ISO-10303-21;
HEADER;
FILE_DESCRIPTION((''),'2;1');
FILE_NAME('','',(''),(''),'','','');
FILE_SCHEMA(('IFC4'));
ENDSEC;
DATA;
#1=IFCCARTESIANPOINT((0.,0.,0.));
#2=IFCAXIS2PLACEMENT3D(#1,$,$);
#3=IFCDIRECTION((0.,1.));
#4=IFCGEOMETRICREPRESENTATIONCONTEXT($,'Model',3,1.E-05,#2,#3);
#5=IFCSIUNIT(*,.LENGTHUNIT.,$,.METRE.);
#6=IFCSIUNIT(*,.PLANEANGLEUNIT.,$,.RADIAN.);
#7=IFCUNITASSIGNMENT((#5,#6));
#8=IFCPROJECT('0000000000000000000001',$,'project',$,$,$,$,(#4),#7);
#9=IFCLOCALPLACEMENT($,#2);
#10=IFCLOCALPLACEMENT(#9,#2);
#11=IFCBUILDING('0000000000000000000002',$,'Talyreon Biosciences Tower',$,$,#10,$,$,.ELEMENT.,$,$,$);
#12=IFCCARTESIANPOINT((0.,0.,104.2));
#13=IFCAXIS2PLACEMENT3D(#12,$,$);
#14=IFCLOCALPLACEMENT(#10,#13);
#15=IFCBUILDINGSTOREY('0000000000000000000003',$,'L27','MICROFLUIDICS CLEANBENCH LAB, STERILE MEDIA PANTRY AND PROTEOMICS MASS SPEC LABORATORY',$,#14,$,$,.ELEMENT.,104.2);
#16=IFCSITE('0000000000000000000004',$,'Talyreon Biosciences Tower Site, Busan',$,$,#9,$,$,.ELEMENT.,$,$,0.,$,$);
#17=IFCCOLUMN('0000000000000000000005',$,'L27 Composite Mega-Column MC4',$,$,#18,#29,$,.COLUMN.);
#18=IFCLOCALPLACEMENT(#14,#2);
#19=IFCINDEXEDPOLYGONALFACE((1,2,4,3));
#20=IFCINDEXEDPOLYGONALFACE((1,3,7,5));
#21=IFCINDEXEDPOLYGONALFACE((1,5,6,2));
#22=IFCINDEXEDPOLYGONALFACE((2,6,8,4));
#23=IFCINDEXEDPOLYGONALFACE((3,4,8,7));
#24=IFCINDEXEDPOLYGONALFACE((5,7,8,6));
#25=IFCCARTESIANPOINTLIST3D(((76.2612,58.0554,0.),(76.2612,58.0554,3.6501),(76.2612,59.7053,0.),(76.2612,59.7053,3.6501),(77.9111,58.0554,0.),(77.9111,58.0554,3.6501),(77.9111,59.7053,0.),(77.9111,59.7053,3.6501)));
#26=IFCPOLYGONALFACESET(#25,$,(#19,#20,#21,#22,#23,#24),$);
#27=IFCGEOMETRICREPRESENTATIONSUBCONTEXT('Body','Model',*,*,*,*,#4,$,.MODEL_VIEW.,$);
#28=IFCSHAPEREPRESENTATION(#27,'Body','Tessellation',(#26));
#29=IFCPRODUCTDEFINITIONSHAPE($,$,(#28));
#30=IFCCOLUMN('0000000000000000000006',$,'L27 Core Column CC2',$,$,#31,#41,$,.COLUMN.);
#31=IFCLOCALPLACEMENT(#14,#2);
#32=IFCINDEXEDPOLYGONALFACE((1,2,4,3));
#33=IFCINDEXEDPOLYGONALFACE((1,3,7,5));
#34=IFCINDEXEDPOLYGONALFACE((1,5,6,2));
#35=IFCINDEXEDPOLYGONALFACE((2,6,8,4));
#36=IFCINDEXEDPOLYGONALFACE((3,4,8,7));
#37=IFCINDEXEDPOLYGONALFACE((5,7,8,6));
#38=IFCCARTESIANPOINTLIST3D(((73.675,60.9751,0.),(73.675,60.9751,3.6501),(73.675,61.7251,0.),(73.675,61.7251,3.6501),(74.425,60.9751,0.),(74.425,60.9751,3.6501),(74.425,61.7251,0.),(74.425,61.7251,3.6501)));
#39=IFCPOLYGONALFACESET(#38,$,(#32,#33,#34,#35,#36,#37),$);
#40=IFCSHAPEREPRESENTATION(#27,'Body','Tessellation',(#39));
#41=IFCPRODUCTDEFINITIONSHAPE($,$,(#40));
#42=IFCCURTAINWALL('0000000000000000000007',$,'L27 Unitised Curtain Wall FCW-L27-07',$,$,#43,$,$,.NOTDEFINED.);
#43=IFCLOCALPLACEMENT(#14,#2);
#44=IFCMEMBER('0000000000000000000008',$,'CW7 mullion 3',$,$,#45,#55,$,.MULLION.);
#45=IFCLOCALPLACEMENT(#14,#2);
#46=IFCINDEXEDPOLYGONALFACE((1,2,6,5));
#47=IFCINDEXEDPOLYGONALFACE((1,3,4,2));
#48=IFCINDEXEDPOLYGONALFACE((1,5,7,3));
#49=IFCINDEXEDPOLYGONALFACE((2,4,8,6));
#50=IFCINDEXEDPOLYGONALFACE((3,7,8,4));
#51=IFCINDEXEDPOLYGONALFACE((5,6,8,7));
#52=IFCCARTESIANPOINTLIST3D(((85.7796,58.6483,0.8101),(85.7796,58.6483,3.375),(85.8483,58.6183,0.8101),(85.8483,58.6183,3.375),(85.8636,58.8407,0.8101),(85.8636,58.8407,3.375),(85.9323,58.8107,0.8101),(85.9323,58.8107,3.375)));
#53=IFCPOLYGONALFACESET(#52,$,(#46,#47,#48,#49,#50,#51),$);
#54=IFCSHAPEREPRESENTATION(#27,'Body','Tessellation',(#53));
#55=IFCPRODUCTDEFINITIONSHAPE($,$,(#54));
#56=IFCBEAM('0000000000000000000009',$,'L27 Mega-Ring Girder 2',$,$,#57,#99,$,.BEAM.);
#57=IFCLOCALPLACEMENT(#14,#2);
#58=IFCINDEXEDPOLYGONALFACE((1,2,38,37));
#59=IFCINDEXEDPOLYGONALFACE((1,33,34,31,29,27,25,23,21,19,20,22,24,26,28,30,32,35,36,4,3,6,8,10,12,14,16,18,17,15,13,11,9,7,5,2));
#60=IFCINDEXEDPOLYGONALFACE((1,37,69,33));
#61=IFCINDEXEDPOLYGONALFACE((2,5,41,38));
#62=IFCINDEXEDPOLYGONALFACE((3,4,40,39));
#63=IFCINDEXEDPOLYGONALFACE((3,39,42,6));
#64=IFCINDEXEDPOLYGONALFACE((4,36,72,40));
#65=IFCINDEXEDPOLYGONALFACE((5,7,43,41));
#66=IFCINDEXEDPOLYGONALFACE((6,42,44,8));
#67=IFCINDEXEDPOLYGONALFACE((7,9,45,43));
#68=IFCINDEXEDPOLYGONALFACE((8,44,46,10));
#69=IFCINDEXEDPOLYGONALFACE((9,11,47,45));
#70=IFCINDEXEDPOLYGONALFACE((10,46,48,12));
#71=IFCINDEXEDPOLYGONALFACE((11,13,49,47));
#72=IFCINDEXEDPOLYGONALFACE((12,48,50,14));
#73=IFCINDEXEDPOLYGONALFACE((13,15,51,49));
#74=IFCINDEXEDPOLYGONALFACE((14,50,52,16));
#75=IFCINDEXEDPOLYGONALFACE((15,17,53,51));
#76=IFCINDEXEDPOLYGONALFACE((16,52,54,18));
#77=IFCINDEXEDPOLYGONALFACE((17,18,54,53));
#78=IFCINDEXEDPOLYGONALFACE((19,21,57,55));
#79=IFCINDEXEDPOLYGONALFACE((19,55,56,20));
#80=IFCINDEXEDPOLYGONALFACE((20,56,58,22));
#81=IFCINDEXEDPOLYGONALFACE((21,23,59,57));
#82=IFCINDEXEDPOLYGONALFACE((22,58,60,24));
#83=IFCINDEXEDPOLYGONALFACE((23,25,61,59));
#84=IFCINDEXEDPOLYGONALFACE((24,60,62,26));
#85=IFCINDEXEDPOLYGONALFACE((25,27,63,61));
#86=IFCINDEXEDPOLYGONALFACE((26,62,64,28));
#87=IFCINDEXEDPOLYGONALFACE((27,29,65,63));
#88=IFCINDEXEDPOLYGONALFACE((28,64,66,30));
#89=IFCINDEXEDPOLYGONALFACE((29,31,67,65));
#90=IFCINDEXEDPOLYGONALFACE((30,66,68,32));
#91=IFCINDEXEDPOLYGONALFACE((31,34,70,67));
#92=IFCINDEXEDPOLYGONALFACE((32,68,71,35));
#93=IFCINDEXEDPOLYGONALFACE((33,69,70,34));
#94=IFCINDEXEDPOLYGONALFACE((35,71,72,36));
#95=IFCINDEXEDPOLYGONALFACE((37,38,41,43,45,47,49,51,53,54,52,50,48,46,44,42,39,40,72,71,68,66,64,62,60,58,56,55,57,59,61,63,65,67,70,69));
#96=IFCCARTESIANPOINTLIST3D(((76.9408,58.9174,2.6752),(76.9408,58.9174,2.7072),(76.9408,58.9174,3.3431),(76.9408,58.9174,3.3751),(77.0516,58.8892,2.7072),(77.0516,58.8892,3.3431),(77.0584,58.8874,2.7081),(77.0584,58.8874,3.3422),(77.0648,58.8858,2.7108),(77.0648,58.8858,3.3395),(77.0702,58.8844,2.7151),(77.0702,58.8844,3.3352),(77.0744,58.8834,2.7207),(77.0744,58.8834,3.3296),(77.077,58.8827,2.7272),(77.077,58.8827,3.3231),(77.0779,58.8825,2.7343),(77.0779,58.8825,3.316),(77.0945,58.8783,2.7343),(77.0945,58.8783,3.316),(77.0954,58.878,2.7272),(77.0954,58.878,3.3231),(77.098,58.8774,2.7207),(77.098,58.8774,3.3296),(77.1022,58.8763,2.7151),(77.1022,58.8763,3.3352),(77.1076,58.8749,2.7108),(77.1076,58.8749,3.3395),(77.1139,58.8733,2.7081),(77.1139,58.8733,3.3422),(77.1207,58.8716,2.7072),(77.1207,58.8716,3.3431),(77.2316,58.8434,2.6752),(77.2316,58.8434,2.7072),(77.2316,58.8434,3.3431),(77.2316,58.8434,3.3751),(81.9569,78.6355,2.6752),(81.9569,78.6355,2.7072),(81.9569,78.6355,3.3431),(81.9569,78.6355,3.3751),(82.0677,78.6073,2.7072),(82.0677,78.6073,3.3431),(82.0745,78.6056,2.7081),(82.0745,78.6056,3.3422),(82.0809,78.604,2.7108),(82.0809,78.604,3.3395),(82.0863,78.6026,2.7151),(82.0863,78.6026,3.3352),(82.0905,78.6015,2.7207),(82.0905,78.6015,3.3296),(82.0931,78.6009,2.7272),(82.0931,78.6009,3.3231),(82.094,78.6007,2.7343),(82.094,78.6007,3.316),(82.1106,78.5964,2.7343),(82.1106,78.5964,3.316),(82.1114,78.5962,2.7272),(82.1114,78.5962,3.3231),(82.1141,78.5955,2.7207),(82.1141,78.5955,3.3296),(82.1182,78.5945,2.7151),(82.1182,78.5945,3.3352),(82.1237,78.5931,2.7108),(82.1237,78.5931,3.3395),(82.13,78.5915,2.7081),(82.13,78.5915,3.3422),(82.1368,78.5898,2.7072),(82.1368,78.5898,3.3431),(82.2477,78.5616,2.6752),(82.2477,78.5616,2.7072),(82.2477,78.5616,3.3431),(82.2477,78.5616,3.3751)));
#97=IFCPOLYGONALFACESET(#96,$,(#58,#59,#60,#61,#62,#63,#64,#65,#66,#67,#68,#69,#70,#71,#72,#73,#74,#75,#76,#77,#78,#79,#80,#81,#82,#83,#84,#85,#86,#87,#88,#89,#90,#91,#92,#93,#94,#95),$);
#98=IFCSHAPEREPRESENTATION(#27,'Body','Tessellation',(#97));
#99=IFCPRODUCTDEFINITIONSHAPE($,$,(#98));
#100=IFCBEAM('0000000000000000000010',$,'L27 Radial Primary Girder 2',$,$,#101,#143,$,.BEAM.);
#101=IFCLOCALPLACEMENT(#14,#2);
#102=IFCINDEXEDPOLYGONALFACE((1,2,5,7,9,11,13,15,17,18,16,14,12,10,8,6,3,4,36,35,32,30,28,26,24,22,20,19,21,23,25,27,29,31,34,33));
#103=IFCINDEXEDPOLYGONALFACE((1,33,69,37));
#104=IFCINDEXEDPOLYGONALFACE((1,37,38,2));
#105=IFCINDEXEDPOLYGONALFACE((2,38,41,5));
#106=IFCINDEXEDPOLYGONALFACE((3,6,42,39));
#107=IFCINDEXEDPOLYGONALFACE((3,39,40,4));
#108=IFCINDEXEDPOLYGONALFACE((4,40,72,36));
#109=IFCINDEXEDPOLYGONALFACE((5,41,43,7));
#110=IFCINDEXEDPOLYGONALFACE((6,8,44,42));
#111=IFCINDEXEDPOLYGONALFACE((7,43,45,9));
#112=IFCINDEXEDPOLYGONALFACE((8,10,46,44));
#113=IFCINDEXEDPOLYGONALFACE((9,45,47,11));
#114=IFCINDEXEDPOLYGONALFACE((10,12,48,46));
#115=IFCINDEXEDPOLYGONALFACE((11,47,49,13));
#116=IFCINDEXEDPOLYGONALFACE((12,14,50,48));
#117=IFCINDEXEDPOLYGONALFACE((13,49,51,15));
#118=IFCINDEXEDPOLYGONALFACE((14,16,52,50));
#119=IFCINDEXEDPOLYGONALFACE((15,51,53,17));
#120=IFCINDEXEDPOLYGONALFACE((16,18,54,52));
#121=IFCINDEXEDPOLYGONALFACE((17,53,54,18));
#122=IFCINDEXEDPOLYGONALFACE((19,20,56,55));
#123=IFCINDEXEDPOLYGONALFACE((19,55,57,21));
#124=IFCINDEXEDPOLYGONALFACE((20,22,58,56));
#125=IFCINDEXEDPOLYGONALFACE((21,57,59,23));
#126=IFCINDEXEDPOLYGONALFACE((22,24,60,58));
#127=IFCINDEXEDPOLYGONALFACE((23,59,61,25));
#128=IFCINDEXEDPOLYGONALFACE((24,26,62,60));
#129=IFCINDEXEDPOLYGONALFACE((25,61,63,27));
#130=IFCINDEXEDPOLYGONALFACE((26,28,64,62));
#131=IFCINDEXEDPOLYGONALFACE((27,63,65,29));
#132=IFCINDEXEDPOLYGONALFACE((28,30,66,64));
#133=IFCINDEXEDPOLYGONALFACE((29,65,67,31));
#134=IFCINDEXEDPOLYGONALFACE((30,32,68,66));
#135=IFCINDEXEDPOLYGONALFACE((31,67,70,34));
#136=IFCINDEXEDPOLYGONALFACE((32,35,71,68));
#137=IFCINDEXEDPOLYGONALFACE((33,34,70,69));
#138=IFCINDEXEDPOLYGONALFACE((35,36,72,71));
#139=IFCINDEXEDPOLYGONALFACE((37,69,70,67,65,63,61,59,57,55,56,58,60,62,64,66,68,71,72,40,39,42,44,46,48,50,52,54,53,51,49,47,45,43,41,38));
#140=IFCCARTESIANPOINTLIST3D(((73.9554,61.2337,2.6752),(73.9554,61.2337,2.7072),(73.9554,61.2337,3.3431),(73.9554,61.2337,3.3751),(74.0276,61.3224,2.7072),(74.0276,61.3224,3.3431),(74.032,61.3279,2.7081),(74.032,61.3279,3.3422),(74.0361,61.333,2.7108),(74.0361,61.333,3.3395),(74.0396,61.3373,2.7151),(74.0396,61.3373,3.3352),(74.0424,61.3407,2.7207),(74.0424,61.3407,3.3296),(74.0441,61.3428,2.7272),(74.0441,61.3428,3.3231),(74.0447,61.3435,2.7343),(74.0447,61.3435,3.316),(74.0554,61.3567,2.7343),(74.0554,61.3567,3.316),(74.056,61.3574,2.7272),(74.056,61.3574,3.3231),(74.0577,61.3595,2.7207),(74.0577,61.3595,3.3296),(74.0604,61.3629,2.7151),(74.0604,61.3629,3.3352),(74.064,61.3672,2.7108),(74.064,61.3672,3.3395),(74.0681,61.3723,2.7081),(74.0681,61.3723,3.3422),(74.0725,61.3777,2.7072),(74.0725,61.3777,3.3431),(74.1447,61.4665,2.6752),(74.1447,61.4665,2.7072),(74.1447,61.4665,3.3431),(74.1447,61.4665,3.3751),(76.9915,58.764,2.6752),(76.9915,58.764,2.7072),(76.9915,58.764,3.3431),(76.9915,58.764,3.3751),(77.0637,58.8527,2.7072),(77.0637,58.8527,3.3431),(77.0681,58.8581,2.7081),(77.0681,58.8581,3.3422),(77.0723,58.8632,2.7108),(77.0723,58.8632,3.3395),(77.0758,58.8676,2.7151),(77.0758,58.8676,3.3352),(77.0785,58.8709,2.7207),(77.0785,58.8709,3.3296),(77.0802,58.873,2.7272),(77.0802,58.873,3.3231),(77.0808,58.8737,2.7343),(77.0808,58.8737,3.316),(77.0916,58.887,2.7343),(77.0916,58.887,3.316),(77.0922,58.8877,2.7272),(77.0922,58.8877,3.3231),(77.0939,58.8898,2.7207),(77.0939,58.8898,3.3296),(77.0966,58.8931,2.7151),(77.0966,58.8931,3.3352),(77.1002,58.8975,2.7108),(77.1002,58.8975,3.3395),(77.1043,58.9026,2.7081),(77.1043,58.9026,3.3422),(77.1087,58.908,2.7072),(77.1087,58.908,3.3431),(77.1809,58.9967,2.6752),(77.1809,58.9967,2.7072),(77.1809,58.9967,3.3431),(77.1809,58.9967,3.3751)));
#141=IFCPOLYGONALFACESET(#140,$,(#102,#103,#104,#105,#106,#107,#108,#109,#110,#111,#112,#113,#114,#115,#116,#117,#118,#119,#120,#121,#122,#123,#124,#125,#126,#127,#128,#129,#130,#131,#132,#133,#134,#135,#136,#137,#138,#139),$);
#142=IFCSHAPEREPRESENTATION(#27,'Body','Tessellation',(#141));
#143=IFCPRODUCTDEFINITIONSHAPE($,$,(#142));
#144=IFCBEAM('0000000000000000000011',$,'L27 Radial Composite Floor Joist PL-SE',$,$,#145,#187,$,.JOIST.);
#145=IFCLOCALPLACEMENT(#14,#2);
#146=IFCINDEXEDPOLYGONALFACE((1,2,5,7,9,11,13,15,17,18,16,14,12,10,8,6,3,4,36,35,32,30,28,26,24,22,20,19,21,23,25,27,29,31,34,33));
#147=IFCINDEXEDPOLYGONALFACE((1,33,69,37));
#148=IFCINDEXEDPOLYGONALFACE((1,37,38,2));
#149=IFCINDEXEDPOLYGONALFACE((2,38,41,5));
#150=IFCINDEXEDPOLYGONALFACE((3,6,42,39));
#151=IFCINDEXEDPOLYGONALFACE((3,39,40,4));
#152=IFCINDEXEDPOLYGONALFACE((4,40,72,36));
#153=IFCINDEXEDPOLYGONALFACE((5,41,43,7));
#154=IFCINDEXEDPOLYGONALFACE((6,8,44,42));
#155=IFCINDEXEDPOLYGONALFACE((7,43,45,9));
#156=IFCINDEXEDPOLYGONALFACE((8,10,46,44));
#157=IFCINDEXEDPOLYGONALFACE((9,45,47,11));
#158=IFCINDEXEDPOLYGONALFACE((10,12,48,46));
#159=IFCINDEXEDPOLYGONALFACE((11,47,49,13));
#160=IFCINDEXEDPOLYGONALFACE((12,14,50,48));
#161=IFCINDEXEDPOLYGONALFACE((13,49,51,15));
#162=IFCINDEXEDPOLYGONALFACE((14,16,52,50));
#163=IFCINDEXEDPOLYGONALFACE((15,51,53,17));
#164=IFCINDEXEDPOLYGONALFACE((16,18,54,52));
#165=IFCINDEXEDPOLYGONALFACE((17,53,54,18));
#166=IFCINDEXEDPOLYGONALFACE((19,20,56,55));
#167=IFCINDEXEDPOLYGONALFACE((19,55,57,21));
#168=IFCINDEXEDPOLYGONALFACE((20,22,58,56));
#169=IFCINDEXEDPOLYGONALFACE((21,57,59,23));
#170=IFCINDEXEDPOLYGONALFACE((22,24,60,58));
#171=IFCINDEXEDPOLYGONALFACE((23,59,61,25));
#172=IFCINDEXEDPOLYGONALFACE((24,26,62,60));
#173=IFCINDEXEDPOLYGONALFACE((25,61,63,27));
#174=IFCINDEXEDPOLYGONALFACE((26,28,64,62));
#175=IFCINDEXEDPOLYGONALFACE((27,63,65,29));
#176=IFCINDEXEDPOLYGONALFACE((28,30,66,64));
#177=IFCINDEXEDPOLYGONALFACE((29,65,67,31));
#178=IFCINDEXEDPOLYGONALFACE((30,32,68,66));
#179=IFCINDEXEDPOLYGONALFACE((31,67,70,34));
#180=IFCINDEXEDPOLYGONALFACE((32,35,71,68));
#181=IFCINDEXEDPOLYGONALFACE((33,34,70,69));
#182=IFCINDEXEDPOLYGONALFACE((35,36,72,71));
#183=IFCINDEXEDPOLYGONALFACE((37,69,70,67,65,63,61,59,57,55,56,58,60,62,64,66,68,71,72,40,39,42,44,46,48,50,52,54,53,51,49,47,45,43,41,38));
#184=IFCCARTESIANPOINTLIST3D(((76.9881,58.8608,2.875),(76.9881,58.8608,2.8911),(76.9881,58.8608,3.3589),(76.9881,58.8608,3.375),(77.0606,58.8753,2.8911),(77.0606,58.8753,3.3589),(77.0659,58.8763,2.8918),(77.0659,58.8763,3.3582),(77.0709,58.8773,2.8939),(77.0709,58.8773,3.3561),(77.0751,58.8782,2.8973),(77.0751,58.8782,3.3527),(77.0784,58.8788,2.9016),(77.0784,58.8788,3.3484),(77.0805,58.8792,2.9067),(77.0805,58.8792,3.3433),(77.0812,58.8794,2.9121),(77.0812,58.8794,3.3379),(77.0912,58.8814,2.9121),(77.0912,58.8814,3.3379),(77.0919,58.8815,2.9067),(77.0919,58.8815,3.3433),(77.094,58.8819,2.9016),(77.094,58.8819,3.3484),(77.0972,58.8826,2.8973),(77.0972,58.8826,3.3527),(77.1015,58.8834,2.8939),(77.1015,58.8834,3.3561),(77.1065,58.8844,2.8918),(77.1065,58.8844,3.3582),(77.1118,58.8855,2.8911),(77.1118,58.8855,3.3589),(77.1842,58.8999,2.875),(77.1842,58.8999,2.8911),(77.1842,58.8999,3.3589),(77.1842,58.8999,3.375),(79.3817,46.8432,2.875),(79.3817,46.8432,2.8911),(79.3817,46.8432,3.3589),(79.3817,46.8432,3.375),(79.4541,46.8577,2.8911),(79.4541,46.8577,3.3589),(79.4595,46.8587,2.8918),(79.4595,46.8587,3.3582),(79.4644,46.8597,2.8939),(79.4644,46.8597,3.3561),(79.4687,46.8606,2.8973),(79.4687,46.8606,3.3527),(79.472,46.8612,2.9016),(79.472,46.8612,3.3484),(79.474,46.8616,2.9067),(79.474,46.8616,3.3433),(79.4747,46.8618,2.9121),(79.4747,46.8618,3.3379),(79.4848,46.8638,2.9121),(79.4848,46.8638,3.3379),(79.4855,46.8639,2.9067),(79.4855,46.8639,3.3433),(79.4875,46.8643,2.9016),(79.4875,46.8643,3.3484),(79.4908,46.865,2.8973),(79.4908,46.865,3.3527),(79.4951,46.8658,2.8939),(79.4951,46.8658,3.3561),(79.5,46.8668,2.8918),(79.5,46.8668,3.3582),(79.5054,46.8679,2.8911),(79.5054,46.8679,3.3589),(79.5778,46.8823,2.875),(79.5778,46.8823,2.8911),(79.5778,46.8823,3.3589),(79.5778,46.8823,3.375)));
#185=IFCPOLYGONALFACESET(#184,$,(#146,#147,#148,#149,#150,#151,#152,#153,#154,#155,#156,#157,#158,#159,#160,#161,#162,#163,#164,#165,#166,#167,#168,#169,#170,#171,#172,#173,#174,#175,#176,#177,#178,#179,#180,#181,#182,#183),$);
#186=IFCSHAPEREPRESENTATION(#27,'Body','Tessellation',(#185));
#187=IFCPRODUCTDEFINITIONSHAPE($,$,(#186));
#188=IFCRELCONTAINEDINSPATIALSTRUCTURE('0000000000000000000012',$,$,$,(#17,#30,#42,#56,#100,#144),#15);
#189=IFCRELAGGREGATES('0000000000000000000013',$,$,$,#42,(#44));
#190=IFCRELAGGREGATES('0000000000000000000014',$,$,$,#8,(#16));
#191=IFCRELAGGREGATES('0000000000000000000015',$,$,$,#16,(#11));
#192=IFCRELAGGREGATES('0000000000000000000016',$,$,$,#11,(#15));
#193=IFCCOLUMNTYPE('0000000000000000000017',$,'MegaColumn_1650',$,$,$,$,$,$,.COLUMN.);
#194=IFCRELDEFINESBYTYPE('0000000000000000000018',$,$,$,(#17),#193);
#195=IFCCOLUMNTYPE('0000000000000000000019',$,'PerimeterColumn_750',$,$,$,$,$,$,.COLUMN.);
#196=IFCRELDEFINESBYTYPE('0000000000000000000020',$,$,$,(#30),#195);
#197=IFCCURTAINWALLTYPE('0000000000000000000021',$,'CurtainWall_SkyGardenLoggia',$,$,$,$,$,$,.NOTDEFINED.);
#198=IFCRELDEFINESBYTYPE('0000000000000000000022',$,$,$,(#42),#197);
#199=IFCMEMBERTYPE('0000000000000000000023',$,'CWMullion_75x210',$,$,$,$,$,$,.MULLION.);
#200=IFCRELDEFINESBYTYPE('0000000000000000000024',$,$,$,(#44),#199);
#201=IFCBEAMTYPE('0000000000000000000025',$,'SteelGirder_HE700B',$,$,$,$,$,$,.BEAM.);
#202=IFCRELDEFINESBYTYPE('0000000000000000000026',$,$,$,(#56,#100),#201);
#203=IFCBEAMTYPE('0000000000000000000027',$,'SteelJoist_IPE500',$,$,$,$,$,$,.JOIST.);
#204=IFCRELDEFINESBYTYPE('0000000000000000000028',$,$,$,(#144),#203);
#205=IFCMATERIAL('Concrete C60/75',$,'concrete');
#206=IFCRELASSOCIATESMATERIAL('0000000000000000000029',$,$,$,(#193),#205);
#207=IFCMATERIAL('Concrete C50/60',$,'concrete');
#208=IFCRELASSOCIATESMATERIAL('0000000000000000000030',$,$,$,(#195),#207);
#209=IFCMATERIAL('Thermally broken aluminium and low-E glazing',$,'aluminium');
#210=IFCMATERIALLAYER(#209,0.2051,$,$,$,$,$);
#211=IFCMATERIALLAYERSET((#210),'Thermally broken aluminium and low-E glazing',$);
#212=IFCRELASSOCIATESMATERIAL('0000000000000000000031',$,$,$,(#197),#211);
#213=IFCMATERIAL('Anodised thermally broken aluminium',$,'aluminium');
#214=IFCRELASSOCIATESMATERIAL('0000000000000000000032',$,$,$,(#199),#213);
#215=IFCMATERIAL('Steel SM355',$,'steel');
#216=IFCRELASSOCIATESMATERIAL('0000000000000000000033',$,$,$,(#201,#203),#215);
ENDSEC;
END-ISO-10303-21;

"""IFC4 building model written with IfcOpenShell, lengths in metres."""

from ifc_helpers import new_model, si_unit, direction, frame, origin, origin_2d, place, context, subcontext, project, spatial, rectangle, i_section, extrude, material, layer, layer_set, material_profile, profile_set, type_object, element, aggregate, save


model = new_model("IFC4")

# Units and contexts
model_context = context("Model", 3, precision=1e-05, world=origin(), true_north=direction((0.0, 1.0)))
body_context = subcontext(model_context, "Body", "Model", "MODEL_VIEW")
ifc_project = project(units=[si_unit("LENGTHUNIT", "METRE"), si_unit("PLANEANGLEUNIT", "RADIAN")], contexts=[model_context])

# Site, building, storey
site_placement = place(None, origin())
site = spatial("IfcSite", under=ifc_project, at=site_placement, Name="Talyreon Biosciences Tower Site, Busan", CompositionType="ELEMENT", RefElevation=0.0)
building_placement = place(site_placement, origin())
building = spatial("IfcBuilding", under=site, at=building_placement, Name="Talyreon Biosciences Tower", CompositionType="ELEMENT")
storey_placement = place(building_placement, frame((0.0, 0.0, 104.2)))
storey = spatial("IfcBuildingStorey", under=building, at=storey_placement, Name="L27", Description="MICROFLUIDICS CLEANBENCH LAB, STERILE MEDIA PANTRY AND PROTEOMICS MASS SPEC LABORATORY", CompositionType="ELEMENT", Elevation=104.2)

# Columns
ifc_material_1 = material(Name="Concrete C60/75", Category="concrete")
ifc_material_profile_1 = material_profile(ifc_material_1, rectangle(XDim=1.6499, YDim=1.6499, at=origin_2d()), Name="RC 1650x1650")
ifc_profile_set_1 = profile_set([ifc_material_profile_1], Name="Concrete C60/75")
column_type_1 = type_object("IfcColumnType", Name="MegaColumn_1650", PredefinedType="COLUMN", material=ifc_profile_set_1)
column_1_placement = place(storey_placement, frame((77.0862, 58.8804, 0.0), z_axis=(0.0, 0.0, 1.0), x_axis=(1.0, 0.0, 0.0)))
element("IfcColumn", 1, at=column_1_placement, inside=storey, type_object=column_type_1, Name="L27 Composite Mega-Column MC4", PredefinedType="COLUMN", context=body_context, shape_type="SweptSolid", body=[
    extrude(rectangle(XDim=1.6499, YDim=1.6499, at=origin_2d()), origin(), (0.0, 0.0, 1.0), 3.6501),
])
ifc_material_2 = material(Name="Concrete C50/60", Category="concrete")
ifc_material_profile_2 = material_profile(ifc_material_2, rectangle(XDim=0.75, YDim=0.75, at=origin_2d()), Name="RC 750x750")
ifc_profile_set_2 = profile_set([ifc_material_profile_2], Name="Concrete C50/60")
column_type_2 = type_object("IfcColumnType", Name="PerimeterColumn_750", PredefinedType="COLUMN", material=ifc_profile_set_2)
column_2_placement = place(storey_placement, frame((74.05, 61.3501, 0.0), z_axis=(0.0, 0.0, 1.0), x_axis=(1.0, 0.0, 0.0)))
element("IfcColumn", 2, at=column_2_placement, inside=storey, type_object=column_type_2, Name="L27 Core Column CC2", PredefinedType="COLUMN", context=body_context, shape_type="SweptSolid", body=[
    extrude(rectangle(XDim=0.75, YDim=0.75, at=origin_2d()), origin(), (0.0, 0.0, 1.0), 3.6501),
])

# Curtain wall, member
ifc_material_3 = material(Name="Thermally broken aluminium and low-E glazing", Category="aluminium")
ifc_layer_1 = layer(ifc_material_3, 0.2051)
ifc_layer_set_1 = layer_set([ifc_layer_1], Name="Thermally broken aluminium and low-E glazing")
curtain_wall_type = type_object("IfcCurtainWallType", Name="CurtainWall_SkyGardenLoggia", PredefinedType="NOTDEFINED", material=ifc_layer_set_1)
curtain_wall_placement = place(storey_placement, origin())
curtain_wall = element("IfcCurtainWall", 3, at=curtain_wall_placement, inside=storey, type_object=curtain_wall_type, Name="L27 Unitised Curtain Wall FCW-L27-07", PredefinedType="NOTDEFINED")
ifc_material_4 = material(Name="Anodised thermally broken aluminium", Category="aluminium")
ifc_material_profile_3 = material_profile(ifc_material_4, rectangle(XDim=0.075, YDim=0.21, at=origin_2d()), Name="ALUM MULLION 75x210")
ifc_profile_set_3 = profile_set([ifc_material_profile_3], Name="Anodised thermally broken aluminium")
member_type = type_object("IfcMemberType", Name="CWMullion_75x210", PredefinedType="MULLION", material=ifc_profile_set_3)
member_placement = place(storey_placement, frame((85.856, 58.7295, 0.8101), z_axis=(0.0, 0.0, 1.0), x_axis=(0.916347, -0.400385, 0.0)))
member = element("IfcMember", 4, at=member_placement, type_object=member_type, Name="CW7 mullion 3", PredefinedType="MULLION", context=body_context, shape_type="SweptSolid", body=[
    extrude(rectangle(XDim=0.075, YDim=0.21, at=origin_2d()), origin(), (0.0, 0.0, 1.0), 2.5649),
])

# Beams
ifc_material_5 = material(Name="Steel SM355", Category="steel")
ifc_material_profile_4 = material_profile(ifc_material_5, i_section(OverallWidth=0.3, OverallDepth=0.7, WebThickness=0.0171, FlangeThickness=0.032, FilletRadius=0.0271, at=origin_2d()), Name="HE700B")
ifc_profile_set_4 = profile_set([ifc_material_profile_4], Name="Steel SM355")
beam_type_1 = type_object("IfcBeamType", Name="SteelGirder_HE700B", PredefinedType="BEAM", material=ifc_profile_set_4)
beam_1_placement = place(storey_placement, frame((77.0862, 58.8804, 3.0251), z_axis=(0.246537, 0.969133, 0.0), x_axis=(-0.969133, 0.246537, 0.0)))
element("IfcBeam", 5, at=beam_1_placement, inside=storey, type_object=beam_type_1, Name="L27 Mega-Ring Girder 2", PredefinedType="BEAM", context=body_context, shape_type="SweptSolid", body=[
    extrude(i_section(OverallWidth=0.3, OverallDepth=0.7, WebThickness=0.0171, FlangeThickness=0.032, FilletRadius=0.0271, at=origin_2d()), origin(), (0.0, 0.0, 1.0), 20.3462),
])
beam_2_placement = place(storey_placement, frame((74.05, 61.3501, 3.0251), z_axis=(0.775755, -0.631034, 0.0), x_axis=(0.631034, 0.775755, 0.0)))
element("IfcBeam", 6, at=beam_2_placement, inside=storey, type_object=beam_type_1, Name="L27 Radial Primary Girder 2", PredefinedType="BEAM", context=body_context, shape_type="SweptSolid", body=[
    extrude(i_section(OverallWidth=0.3, OverallDepth=0.7, WebThickness=0.0171, FlangeThickness=0.032, FilletRadius=0.0271, at=origin_2d()), origin(), (0.0, 0.0, 1.0), 3.9138),
])
ifc_material_profile_5 = material_profile(ifc_material_5, i_section(OverallWidth=0.2, OverallDepth=0.5, WebThickness=0.0103, FlangeThickness=0.0161, FilletRadius=0.021, at=origin_2d()), Name="IPE500")
ifc_profile_set_5 = profile_set([ifc_material_profile_5], Name="Steel SM355")
beam_type_2 = type_object("IfcBeamType", Name="SteelJoist_IPE500", PredefinedType="JOIST", material=ifc_profile_set_5)
beam_3_placement = place(storey_placement, frame((77.0862, 58.8804, 3.125), z_axis=(0.195334, -0.980737, 0.0), x_axis=(0.980737, 0.195334, 0.0)))
element("IfcBeam", 7, at=beam_3_placement, inside=storey, type_object=beam_type_2, Name="L27 Radial Composite Floor Joist PL-SE", PredefinedType="JOIST", context=body_context, shape_type="SweptSolid", body=[
    extrude(i_section(OverallWidth=0.2, OverallDepth=0.5, WebThickness=0.0103, FlangeThickness=0.0161, FilletRadius=0.021, at=origin_2d()), origin(), (0.0, 0.0, 1.0), 12.2537),
])

aggregate(curtain_wall, [member])

save(model, "model.ifc")
